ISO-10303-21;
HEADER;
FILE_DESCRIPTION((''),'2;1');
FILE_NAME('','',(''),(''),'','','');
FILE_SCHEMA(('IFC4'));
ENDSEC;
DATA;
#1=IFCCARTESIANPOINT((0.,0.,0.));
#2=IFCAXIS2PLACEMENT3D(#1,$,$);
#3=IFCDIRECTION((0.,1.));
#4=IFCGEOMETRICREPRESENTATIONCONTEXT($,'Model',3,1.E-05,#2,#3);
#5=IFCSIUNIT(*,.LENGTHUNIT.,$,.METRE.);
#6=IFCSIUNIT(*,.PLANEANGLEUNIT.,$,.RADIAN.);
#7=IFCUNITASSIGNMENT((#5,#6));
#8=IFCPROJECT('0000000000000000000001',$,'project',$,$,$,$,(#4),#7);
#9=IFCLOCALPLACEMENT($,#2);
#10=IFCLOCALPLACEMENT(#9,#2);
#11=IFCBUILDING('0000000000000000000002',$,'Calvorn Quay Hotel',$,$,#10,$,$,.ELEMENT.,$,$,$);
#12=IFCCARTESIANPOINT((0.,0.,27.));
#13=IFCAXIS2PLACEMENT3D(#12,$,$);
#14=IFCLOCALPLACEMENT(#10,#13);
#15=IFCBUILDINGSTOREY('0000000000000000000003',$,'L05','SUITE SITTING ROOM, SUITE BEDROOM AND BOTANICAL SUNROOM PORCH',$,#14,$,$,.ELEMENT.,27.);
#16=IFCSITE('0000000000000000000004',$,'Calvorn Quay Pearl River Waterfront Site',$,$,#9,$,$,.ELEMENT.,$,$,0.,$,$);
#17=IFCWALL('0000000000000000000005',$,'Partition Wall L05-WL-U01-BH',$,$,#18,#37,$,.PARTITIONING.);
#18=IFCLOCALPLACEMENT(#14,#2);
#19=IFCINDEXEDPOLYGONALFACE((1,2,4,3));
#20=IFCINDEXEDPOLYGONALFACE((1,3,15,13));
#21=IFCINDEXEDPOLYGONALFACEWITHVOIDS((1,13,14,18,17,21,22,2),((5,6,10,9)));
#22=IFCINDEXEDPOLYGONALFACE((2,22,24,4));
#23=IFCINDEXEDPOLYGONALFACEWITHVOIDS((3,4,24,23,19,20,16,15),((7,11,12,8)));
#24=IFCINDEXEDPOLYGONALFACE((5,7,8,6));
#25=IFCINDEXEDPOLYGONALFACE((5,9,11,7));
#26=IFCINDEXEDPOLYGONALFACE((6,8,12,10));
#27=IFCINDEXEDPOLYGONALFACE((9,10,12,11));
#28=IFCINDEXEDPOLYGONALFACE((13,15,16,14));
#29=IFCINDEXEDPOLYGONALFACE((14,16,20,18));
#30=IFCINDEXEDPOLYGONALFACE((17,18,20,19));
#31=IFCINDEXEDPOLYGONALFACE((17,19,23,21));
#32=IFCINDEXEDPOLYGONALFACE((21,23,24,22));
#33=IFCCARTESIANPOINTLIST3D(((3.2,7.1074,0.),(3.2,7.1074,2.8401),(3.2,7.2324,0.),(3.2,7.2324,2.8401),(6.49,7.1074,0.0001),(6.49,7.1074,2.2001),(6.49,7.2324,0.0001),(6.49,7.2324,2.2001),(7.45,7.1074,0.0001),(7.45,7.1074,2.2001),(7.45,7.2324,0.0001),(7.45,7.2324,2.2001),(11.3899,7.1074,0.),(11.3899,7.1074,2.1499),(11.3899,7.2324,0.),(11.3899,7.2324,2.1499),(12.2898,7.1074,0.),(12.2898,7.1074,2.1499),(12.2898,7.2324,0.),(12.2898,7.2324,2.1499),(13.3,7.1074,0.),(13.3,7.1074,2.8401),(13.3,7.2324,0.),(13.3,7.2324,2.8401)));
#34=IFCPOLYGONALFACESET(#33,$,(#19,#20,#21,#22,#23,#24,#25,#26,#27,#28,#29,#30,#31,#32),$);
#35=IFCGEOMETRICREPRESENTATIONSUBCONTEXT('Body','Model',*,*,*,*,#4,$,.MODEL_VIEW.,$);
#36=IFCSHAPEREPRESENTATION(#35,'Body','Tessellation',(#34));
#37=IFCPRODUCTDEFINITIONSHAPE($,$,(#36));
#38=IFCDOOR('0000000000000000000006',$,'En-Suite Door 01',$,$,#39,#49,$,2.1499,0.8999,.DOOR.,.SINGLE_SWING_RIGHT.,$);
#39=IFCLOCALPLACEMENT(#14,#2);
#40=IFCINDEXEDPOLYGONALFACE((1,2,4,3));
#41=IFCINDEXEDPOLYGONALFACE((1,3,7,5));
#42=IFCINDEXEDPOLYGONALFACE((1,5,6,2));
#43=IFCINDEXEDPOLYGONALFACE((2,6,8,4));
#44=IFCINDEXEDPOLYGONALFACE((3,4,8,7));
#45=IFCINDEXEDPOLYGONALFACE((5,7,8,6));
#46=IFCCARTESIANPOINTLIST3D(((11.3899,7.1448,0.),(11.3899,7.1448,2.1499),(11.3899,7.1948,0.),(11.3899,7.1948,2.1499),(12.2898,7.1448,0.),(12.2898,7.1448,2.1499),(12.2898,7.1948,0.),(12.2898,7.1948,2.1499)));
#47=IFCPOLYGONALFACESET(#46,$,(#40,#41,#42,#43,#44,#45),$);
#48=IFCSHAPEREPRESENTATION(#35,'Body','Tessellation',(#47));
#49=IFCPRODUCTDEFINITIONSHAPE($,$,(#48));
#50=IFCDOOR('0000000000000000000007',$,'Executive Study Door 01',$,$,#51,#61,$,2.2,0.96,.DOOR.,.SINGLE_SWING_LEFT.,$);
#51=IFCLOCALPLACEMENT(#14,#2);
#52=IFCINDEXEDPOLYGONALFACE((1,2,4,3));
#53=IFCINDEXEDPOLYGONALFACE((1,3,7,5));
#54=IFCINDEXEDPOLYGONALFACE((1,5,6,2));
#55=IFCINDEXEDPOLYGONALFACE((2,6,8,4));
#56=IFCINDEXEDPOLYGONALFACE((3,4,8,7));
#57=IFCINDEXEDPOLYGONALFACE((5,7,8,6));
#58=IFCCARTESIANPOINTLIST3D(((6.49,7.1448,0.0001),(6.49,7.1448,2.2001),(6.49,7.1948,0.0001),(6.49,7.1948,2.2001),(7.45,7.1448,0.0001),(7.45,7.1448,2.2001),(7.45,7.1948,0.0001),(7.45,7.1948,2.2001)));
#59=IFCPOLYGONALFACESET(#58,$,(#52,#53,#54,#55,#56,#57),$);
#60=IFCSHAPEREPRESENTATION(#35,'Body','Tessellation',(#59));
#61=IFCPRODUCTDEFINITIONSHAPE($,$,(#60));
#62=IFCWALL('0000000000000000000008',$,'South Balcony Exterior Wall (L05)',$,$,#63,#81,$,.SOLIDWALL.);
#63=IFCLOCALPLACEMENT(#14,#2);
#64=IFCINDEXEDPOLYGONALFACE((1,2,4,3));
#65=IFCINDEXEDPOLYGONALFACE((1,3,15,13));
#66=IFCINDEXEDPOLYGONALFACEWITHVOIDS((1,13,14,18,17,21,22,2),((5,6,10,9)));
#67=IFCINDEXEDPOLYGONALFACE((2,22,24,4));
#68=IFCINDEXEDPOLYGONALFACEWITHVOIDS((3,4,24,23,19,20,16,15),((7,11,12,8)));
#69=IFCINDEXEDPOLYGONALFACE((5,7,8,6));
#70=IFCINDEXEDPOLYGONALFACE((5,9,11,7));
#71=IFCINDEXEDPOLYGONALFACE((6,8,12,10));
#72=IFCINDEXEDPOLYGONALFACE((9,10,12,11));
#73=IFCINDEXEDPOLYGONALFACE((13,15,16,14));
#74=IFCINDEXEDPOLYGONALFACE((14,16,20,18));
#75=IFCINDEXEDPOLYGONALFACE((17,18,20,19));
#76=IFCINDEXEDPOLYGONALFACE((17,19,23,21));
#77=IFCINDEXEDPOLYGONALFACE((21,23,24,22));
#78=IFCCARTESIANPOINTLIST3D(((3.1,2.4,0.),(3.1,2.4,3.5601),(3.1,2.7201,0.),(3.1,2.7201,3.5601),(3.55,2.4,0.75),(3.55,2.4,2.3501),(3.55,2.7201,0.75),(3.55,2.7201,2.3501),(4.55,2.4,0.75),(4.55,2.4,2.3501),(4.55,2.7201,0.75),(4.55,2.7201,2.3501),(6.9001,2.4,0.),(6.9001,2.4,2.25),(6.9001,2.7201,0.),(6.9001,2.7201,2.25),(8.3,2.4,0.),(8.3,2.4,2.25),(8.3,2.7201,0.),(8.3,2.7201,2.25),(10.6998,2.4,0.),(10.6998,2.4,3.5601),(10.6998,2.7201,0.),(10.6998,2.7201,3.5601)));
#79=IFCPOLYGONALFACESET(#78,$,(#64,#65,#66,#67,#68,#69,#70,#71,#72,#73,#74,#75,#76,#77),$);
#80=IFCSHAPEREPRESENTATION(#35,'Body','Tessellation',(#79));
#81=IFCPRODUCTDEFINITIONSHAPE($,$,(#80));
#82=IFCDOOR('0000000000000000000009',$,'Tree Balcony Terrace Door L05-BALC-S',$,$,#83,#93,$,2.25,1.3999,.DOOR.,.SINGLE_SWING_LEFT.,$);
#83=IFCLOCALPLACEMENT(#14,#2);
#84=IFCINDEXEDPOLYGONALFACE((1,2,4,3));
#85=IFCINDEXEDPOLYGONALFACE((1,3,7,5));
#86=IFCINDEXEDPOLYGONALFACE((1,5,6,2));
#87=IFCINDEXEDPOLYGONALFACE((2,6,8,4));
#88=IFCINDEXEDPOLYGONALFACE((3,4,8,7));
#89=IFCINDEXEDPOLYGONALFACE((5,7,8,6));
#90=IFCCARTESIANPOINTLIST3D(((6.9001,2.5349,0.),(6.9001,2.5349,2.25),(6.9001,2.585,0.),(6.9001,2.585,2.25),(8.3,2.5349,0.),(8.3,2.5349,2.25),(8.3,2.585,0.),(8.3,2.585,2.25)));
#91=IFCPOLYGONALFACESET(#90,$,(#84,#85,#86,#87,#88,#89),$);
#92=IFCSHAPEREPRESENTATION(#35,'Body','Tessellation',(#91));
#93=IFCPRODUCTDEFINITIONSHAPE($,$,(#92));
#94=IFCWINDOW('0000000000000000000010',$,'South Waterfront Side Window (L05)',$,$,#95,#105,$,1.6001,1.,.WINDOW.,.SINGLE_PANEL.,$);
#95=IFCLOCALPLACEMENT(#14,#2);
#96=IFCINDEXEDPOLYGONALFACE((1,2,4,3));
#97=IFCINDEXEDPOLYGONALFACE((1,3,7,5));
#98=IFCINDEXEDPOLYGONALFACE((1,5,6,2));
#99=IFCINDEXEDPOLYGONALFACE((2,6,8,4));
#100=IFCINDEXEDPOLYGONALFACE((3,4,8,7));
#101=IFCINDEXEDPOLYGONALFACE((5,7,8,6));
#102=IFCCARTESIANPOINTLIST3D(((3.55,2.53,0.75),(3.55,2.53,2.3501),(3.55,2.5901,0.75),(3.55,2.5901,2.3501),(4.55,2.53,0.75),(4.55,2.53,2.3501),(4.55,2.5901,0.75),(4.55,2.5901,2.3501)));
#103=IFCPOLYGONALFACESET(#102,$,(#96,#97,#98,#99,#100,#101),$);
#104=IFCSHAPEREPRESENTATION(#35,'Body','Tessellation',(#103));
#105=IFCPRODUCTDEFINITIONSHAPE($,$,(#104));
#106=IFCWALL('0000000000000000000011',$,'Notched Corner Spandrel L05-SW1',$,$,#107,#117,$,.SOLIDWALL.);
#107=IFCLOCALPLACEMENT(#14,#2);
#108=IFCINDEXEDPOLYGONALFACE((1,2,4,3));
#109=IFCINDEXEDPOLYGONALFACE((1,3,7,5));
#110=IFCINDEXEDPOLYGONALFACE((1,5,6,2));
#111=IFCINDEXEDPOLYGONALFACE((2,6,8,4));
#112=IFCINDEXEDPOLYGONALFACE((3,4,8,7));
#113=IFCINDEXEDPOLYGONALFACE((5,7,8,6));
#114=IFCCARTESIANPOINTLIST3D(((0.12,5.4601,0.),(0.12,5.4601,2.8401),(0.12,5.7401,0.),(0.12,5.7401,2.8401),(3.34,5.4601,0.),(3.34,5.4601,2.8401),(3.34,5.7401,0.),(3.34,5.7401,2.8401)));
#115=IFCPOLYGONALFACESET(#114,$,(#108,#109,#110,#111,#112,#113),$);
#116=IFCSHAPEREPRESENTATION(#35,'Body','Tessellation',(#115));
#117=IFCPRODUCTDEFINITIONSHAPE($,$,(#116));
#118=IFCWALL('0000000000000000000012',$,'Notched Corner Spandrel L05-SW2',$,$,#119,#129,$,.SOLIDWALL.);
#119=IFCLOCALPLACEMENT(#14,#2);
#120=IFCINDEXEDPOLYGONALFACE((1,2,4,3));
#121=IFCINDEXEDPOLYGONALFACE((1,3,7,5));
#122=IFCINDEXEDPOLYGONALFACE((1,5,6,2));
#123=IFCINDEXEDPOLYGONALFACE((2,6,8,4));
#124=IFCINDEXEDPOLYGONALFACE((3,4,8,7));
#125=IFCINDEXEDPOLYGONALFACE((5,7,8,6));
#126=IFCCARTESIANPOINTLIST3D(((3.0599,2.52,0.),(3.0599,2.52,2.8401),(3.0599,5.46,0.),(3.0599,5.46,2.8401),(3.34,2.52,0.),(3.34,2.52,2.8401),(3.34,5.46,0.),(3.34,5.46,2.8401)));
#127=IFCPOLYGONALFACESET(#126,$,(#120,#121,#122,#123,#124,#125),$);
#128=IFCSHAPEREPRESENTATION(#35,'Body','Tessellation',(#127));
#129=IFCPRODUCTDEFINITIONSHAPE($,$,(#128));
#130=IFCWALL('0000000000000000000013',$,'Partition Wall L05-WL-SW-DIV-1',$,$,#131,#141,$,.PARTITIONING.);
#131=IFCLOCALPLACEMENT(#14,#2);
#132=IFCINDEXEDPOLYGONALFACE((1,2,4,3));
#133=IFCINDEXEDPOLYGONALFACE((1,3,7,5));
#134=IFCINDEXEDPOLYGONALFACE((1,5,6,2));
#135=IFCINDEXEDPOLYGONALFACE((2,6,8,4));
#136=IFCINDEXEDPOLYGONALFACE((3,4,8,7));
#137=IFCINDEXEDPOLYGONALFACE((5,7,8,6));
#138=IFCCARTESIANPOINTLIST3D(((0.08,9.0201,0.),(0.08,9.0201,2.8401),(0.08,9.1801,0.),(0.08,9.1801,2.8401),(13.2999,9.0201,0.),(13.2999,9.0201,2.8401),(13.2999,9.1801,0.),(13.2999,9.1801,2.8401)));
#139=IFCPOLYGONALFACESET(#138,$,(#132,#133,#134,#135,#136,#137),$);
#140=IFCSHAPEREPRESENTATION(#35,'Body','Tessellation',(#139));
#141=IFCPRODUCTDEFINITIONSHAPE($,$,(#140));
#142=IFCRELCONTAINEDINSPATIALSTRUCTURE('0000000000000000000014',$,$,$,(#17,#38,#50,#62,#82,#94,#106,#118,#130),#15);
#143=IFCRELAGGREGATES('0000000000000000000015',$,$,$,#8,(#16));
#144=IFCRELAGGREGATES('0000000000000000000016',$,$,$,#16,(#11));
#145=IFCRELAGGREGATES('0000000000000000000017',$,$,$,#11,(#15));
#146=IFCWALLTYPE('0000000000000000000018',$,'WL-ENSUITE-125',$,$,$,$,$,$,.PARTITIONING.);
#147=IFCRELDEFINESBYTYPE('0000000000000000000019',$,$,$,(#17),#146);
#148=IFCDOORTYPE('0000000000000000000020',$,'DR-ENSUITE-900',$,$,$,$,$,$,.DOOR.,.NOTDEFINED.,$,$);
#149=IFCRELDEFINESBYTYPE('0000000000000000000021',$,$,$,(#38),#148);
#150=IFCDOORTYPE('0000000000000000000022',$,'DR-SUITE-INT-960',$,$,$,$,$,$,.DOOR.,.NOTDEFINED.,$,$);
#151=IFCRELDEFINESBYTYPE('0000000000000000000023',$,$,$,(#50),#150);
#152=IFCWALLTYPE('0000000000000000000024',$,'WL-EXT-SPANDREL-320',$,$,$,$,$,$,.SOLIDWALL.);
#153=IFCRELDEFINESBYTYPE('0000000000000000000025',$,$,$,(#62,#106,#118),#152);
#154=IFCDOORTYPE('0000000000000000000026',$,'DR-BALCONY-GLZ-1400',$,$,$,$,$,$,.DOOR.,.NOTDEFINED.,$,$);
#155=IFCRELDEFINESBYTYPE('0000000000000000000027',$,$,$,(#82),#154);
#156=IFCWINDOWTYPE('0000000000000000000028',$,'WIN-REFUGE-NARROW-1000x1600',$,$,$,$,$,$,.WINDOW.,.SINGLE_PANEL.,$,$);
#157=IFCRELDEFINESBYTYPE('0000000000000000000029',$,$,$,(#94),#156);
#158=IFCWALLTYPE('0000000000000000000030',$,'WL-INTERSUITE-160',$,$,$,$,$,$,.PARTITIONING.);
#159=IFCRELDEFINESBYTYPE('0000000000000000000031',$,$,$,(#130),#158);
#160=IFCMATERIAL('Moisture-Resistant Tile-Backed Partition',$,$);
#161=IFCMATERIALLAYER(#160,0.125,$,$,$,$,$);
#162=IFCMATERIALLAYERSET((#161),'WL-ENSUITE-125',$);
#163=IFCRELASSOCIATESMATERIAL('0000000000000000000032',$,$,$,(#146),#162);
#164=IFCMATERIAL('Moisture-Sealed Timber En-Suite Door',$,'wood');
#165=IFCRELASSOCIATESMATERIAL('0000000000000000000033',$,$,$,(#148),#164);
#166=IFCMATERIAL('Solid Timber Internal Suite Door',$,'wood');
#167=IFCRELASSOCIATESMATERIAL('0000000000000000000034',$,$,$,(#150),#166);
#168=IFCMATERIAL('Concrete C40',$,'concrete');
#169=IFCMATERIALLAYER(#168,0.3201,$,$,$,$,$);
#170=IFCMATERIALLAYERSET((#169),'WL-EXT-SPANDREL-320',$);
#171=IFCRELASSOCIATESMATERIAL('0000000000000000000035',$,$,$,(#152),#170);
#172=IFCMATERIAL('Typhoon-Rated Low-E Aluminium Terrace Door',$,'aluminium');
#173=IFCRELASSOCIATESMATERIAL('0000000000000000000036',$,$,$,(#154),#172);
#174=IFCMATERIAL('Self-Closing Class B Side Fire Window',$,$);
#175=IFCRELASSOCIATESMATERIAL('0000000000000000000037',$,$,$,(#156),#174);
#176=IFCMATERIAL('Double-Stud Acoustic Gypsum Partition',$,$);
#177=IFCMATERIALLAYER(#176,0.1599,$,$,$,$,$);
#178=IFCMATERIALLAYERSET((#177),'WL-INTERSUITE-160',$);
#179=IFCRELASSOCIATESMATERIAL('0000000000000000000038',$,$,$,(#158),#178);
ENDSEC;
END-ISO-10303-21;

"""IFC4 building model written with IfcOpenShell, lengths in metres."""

from ifc_helpers import new_model, si_unit, direction, frame, frame_2d, origin, place, context, subcontext, project, spatial, rectangle, extrude, material, layer, layer_set, type_object, element, fill, save


model = new_model("IFC4")

# Units and contexts
model_context = context("Model", 3, precision=1e-05, world=origin(), true_north=direction((0.0, 1.0)))
body_context = subcontext(model_context, "Body", "Model", "MODEL_VIEW")
ifc_project = project(units=[si_unit("LENGTHUNIT", "METRE"), si_unit("PLANEANGLEUNIT", "RADIAN")], contexts=[model_context])

# Site, building, storey
site_placement = place(None, origin())
site = spatial("IfcSite", under=ifc_project, at=site_placement, Name="Calvorn Quay Pearl River Waterfront Site", CompositionType="ELEMENT", RefElevation=0.0)
building_placement = place(site_placement, origin())
building = spatial("IfcBuilding", under=site, at=building_placement, Name="Calvorn Quay Hotel", CompositionType="ELEMENT")
storey_placement = place(building_placement, frame((0.0, 0.0, 27.0)))
storey = spatial("IfcBuildingStorey", under=building, at=storey_placement, Name="L05", Description="SUITE SITTING ROOM, SUITE BEDROOM AND BOTANICAL SUNROOM PORCH", CompositionType="ELEMENT", Elevation=27.0)

# Wall, openings, doors
ifc_material_1 = material(Name="Moisture-Resistant Tile-Backed Partition")
ifc_layer_1 = layer(ifc_material_1, 0.125)
ifc_layer_set_1 = layer_set([ifc_layer_1], Name="WL-ENSUITE-125")
wall_type_1 = type_object("IfcWallType", Name="WL-ENSUITE-125", PredefinedType="PARTITIONING", material=ifc_layer_set_1)
wall_1_placement = place(storey_placement, frame((3.2, 7.1699, 0.0), z_axis=(0.0, 0.0, 1.0), x_axis=(1.0, 0.0, 0.0)))
wall_1 = element("IfcWall", 1, at=wall_1_placement, inside=storey, type_object=wall_type_1, Name="Partition Wall L05-WL-U01-BH", PredefinedType="PARTITIONING", context=body_context, shape_type="SweptSolid", body=[
    extrude(rectangle(XDim=10.1001, YDim=0.125, at=frame_2d((5.05, 0.0))), origin(), (0.0, 0.0, 1.0), 2.8401),
])
opening_1_placement = place(wall_1_placement, frame((3.29, 0.0, 0.0)))
opening_1 = element("IfcOpeningElement", 2, at=opening_1_placement, cuts=wall_1, PredefinedType="OPENING", context=body_context, shape_type="SweptSolid", body=[
    extrude(rectangle(XDim=0.96, YDim=2.2, at=frame_2d((0.48, 1.1001))), frame((0.0, 0.0725, 0.0), z_axis=(0.0, -1.0, 0.0), x_axis=(1.0, 0.0, 0.0)), (0.0, 0.0, 1.0), 0.145),
])
opening_2_placement = place(wall_1_placement, frame((8.1899, 0.0, 0.0)))
opening_2 = element("IfcOpeningElement", 3, at=opening_2_placement, cuts=wall_1, PredefinedType="OPENING", context=body_context, shape_type="SweptSolid", body=[
    extrude(rectangle(XDim=0.8999, YDim=2.1499, at=frame_2d((0.45, 1.075))), frame((0.0, 0.0725, 0.0), z_axis=(0.0, -1.0, 0.0), x_axis=(1.0, 0.0, 0.0)), (0.0, 0.0, 1.0), 0.145),
])
ifc_material_2 = material(Name="Moisture-Sealed Timber En-Suite Door", Category="wood")
door_type_1 = type_object("IfcDoorType", Name="DR-ENSUITE-900", OperationType="NOTDEFINED", PredefinedType="DOOR", material=ifc_material_2)
door_1_placement = place(opening_2_placement, origin())
door_1 = element("IfcDoor", 4, at=door_1_placement, inside=storey, type_object=door_type_1, Name="En-Suite Door 01", OperationType="SINGLE_SWING_RIGHT", OverallHeight=2.1499, OverallWidth=0.8999, PredefinedType="DOOR", context=body_context, shape_type="SweptSolid", body=[
    extrude(rectangle(XDim=0.8999, YDim=2.1499, at=frame_2d((0.45, 1.075))), frame((0.0, 0.0249, 0.0), z_axis=(0.0, -1.0, 0.0), x_axis=(1.0, 0.0, 0.0)), (0.0, 0.0, 1.0), 0.05),
])
fill(opening_2, door_1)
ifc_material_3 = material(Name="Solid Timber Internal Suite Door", Category="wood")
door_type_2 = type_object("IfcDoorType", Name="DR-SUITE-INT-960", OperationType="NOTDEFINED", PredefinedType="DOOR", material=ifc_material_3)
door_2_placement = place(opening_1_placement, origin())
door_2 = element("IfcDoor", 5, at=door_2_placement, inside=storey, type_object=door_type_2, Name="Executive Study Door 01", OperationType="SINGLE_SWING_LEFT", OverallHeight=2.2, OverallWidth=0.96, PredefinedType="DOOR", context=body_context, shape_type="SweptSolid", body=[
    extrude(rectangle(XDim=0.96, YDim=2.2, at=frame_2d((0.48, 1.1001))), frame((0.0, 0.0249, 0.0), z_axis=(0.0, -1.0, 0.0), x_axis=(1.0, 0.0, 0.0)), (0.0, 0.0, 1.0), 0.05),
])
fill(opening_1, door_2)

# Wall, openings, door, window
ifc_material_4 = material(Name="Concrete C40", Category="concrete")
ifc_layer_2 = layer(ifc_material_4, 0.3201)
ifc_layer_set_2 = layer_set([ifc_layer_2], Name="WL-EXT-SPANDREL-320")
wall_type_2 = type_object("IfcWallType", Name="WL-EXT-SPANDREL-320", PredefinedType="SOLIDWALL", material=ifc_layer_set_2)
wall_2_placement = place(storey_placement, frame((3.1001, 2.5601, 0.0), z_axis=(0.0, 0.0, 1.0), x_axis=(1.0, 0.0, 0.0)))
wall_2 = element("IfcWall", 6, at=wall_2_placement, inside=storey, type_object=wall_type_2, Name="South Balcony Exterior Wall (L05)", PredefinedType="SOLIDWALL", context=body_context, shape_type="SweptSolid", body=[
    extrude(rectangle(XDim=7.5999, YDim=0.3201, at=frame_2d((3.7998, 0.0))), origin(), (0.0, 0.0, 1.0), 3.5601),
])
opening_3_placement = place(wall_2_placement, frame((0.45, 0.0, 0.75)))
opening_3 = element("IfcOpeningElement", 7, at=opening_3_placement, cuts=wall_2, PredefinedType="OPENING", context=body_context, shape_type="SweptSolid", body=[
    extrude(rectangle(XDim=1.0, YDim=1.6001, at=frame_2d((0.5, 0.8))), frame((0.0, 0.1699, 0.0), z_axis=(0.0, -1.0, 0.0), x_axis=(1.0, 0.0, 0.0)), (0.0, 0.0, 1.0), 0.3401),
])
opening_4_placement = place(wall_2_placement, frame((3.8, 0.0, 0.0)))
opening_4 = element("IfcOpeningElement", 8, at=opening_4_placement, cuts=wall_2, PredefinedType="OPENING", context=body_context, shape_type="SweptSolid", body=[
    extrude(rectangle(XDim=1.3999, YDim=2.25, at=frame_2d((0.7, 1.125))), frame((0.0, 0.1699, 0.0), z_axis=(0.0, -1.0, 0.0), x_axis=(1.0, 0.0, 0.0)), (0.0, 0.0, 1.0), 0.3401),
])
ifc_material_5 = material(Name="Typhoon-Rated Low-E Aluminium Terrace Door", Category="aluminium")
door_type_3 = type_object("IfcDoorType", Name="DR-BALCONY-GLZ-1400", OperationType="NOTDEFINED", PredefinedType="DOOR", material=ifc_material_5)
door_3_placement = place(opening_4_placement, origin())
door_3 = element("IfcDoor", 9, at=door_3_placement, inside=storey, type_object=door_type_3, Name="Tree Balcony Terrace Door L05-BALC-S", OperationType="SINGLE_SWING_LEFT", OverallHeight=2.25, OverallWidth=1.3999, PredefinedType="DOOR", context=body_context, shape_type="SweptSolid", body=[
    extrude(rectangle(XDim=1.3999, YDim=2.25, at=frame_2d((0.7, 1.125))), frame((0.0, 0.0249, 0.0), z_axis=(0.0, -1.0, 0.0), x_axis=(1.0, 0.0, 0.0)), (0.0, 0.0, 1.0), 0.05),
])
fill(opening_4, door_3)
ifc_material_6 = material(Name="Self-Closing Class B Side Fire Window")
window_type_1 = type_object("IfcWindowType", Name="WIN-REFUGE-NARROW-1000x1600", PartitioningType="SINGLE_PANEL", PredefinedType="WINDOW", material=ifc_material_6)
window_1_placement = place(opening_3_placement, origin())
window_1 = element("IfcWindow", 10, at=window_1_placement, inside=storey, type_object=window_type_1, Name="South Waterfront Side Window (L05)", OverallHeight=1.6001, OverallWidth=1.0, PartitioningType="SINGLE_PANEL", PredefinedType="WINDOW", context=body_context, shape_type="SweptSolid", body=[
    extrude(rectangle(XDim=1.0, YDim=1.6001, at=frame_2d((0.5, 0.8))), frame((0.0, 0.03, 0.0), z_axis=(0.0, -1.0, 0.0), x_axis=(1.0, 0.0, 0.0)), (0.0, 0.0, 1.0), 0.0601),
])
fill(opening_3, window_1)

# Walls
wall_3_placement = place(storey_placement, frame((0.1201, 5.6001, 0.0), z_axis=(0.0, 0.0, 1.0), x_axis=(1.0, 0.0, 0.0)))
element("IfcWall", 11, at=wall_3_placement, inside=storey, type_object=wall_type_2, Name="Notched Corner Spandrel L05-SW1", PredefinedType="SOLIDWALL", context=body_context, shape_type="SweptSolid", body=[
    extrude(rectangle(XDim=3.22, YDim=0.28, at=frame_2d((1.6099, 0.0))), origin(), (0.0, 0.0, 1.0), 2.8401),
])
wall_4_placement = place(storey_placement, frame((3.2, 5.46, 0.0), z_axis=(0.0, 0.0, 1.0), x_axis=(0.0, -1.0, 0.0)))
element("IfcWall", 12, at=wall_4_placement, inside=storey, type_object=wall_type_2, Name="Notched Corner Spandrel L05-SW2", PredefinedType="SOLIDWALL", context=body_context, shape_type="SweptSolid", body=[
    extrude(rectangle(XDim=2.9399, YDim=0.28, at=frame_2d((1.47, 0.0))), origin(), (0.0, 0.0, 1.0), 2.8401),
])
ifc_material_7 = material(Name="Double-Stud Acoustic Gypsum Partition")
ifc_layer_3 = layer(ifc_material_7, 0.1599)
ifc_layer_set_3 = layer_set([ifc_layer_3], Name="WL-INTERSUITE-160")
wall_type_3 = type_object("IfcWallType", Name="WL-INTERSUITE-160", PredefinedType="PARTITIONING", material=ifc_layer_set_3)
wall_5_placement = place(storey_placement, frame((0.0801, 9.1001, 0.0), z_axis=(0.0, 0.0, 1.0), x_axis=(1.0, 0.0, 0.0)))
element("IfcWall", 13, at=wall_5_placement, inside=storey, type_object=wall_type_3, Name="Partition Wall L05-WL-SW-DIV-1", PredefinedType="PARTITIONING", context=body_context, shape_type="SweptSolid", body=[
    extrude(rectangle(XDim=13.22, YDim=0.1599, at=frame_2d((6.6099, 0.0))), origin(), (0.0, 0.0, 1.0), 2.8401),
])

save(model, "model.ifc")
